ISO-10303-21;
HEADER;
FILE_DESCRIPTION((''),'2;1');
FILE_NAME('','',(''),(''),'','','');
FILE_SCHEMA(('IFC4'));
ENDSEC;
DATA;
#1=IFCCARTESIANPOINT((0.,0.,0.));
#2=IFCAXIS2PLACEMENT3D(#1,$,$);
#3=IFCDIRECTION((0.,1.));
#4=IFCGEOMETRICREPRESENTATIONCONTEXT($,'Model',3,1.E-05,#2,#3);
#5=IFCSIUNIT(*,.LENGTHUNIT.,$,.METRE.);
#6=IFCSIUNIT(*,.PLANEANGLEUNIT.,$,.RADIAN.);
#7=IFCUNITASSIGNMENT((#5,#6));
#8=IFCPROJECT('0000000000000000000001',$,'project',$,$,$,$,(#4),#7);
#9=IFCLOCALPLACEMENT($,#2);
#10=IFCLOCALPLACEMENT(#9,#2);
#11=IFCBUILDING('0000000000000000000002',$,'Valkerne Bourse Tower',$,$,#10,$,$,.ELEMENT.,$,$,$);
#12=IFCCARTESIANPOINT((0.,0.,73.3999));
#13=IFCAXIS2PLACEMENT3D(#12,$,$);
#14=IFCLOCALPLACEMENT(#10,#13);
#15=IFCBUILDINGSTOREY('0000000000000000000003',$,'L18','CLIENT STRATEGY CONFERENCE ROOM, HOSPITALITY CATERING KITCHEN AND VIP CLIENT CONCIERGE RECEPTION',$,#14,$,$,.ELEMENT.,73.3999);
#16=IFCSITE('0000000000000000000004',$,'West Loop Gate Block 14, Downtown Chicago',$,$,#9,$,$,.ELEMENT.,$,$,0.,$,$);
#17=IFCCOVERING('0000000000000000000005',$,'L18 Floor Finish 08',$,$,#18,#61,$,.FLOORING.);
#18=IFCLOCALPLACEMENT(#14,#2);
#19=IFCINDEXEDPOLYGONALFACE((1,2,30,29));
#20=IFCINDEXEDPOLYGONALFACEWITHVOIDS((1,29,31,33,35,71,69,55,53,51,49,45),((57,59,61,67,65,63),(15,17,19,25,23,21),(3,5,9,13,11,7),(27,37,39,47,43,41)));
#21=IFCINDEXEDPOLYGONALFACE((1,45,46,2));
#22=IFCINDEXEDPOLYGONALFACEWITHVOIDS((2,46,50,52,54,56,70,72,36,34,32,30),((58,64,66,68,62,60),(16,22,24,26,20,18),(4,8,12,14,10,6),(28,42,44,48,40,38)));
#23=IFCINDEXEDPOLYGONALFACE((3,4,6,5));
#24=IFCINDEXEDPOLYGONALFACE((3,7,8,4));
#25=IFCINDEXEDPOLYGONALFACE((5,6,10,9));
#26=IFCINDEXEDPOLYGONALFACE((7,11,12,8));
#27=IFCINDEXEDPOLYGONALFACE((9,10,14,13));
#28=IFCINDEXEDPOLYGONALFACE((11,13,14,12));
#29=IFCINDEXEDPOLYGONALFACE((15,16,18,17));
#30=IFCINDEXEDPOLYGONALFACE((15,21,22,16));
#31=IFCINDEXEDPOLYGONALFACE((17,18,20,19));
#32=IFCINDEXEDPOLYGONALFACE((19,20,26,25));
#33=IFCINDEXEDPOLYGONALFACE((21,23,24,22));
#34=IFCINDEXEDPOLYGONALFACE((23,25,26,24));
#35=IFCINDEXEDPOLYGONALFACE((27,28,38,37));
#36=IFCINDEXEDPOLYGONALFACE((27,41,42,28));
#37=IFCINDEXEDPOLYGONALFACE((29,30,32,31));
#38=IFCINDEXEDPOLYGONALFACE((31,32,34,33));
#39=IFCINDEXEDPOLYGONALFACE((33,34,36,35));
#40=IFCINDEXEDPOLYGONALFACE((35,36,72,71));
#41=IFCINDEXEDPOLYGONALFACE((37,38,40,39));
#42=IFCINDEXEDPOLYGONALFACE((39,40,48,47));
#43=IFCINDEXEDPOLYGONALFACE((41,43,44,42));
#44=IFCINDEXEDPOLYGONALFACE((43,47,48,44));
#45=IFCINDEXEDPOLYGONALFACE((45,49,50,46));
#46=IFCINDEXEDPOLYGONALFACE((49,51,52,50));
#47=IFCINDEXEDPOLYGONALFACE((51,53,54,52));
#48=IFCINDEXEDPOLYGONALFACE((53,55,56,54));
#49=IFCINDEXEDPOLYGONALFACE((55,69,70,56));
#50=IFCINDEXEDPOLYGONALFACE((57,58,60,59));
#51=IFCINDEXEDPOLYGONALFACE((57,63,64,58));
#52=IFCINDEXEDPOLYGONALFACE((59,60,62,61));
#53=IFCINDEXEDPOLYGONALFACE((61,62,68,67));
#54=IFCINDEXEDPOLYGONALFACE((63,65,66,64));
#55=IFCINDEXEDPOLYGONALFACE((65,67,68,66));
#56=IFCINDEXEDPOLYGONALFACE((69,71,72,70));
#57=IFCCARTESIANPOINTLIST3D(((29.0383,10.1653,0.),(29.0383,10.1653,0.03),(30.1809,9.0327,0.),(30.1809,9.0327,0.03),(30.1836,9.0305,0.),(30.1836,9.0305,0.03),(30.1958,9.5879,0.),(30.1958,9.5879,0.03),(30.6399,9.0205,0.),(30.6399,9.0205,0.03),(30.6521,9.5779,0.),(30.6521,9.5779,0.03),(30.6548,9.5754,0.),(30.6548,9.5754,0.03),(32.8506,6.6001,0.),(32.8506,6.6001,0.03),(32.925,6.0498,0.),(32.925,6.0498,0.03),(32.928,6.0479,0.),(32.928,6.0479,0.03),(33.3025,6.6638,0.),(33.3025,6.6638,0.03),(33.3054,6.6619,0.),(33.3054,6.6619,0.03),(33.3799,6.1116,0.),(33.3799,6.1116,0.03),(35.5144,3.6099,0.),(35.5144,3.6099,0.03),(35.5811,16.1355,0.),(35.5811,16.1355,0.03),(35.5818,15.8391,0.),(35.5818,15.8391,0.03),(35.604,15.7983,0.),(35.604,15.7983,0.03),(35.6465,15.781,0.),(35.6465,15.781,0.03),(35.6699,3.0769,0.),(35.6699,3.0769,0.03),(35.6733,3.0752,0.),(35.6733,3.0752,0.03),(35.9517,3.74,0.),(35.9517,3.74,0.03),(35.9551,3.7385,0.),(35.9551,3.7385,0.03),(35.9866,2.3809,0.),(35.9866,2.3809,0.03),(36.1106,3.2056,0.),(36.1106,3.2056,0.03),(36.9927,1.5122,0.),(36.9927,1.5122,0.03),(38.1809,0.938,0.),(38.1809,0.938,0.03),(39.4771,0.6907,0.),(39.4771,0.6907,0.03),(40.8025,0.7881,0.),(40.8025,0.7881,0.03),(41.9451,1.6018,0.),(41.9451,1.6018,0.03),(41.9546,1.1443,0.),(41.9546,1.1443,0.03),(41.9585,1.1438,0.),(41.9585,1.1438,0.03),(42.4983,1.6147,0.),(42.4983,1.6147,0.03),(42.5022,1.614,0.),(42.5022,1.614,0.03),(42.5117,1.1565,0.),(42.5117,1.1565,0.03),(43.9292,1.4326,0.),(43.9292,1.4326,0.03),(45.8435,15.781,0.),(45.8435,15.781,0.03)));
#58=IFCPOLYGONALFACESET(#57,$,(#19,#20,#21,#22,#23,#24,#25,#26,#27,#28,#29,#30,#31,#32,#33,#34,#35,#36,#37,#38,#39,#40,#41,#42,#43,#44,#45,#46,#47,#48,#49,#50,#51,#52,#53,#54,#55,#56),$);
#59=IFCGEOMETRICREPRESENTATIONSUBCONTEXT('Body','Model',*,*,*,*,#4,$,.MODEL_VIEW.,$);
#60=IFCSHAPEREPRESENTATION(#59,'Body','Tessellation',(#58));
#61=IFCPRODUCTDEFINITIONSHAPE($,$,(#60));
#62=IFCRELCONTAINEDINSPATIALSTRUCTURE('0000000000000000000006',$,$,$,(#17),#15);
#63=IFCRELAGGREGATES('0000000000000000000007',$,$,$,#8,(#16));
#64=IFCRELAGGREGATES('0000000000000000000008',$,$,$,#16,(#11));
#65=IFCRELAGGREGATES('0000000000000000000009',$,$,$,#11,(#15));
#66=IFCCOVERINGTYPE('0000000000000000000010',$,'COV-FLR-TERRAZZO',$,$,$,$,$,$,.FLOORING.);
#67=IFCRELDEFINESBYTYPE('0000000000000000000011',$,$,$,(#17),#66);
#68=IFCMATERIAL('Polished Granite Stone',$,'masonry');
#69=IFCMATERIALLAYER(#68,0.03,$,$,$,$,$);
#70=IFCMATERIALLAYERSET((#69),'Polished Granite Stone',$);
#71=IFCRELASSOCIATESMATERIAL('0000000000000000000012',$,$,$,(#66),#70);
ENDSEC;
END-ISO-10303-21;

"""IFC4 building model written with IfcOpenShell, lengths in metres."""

from ifc_helpers import new_model, si_unit, direction, frame, origin, place, context, subcontext, project, spatial, polyline, outline, extrude, material, layer, layer_set, type_object, element, save


model = new_model("IFC4")

# Units and contexts
model_context = context("Model", 3, precision=1e-05, world=origin(), true_north=direction((0.0, 1.0)))
body_context = subcontext(model_context, "Body", "Model", "MODEL_VIEW")
ifc_project = project(units=[si_unit("LENGTHUNIT", "METRE"), si_unit("PLANEANGLEUNIT", "RADIAN")], contexts=[model_context])

# Site, building, storey
site_placement = place(None, origin())
site = spatial("IfcSite", under=ifc_project, at=site_placement, Name="West Loop Gate Block 14, Downtown Chicago", CompositionType="ELEMENT", RefElevation=0.0)
building_placement = place(site_placement, origin())
building = spatial("IfcBuilding", under=site, at=building_placement, Name="Valkerne Bourse Tower", CompositionType="ELEMENT")
storey_placement = place(building_placement, frame((0.0, 0.0, 73.3999)))
storey = spatial("IfcBuildingStorey", under=building, at=storey_placement, Name="L18", Description="CLIENT STRATEGY CONFERENCE ROOM, HOSPITALITY CATERING KITCHEN AND VIP CLIENT CONCIERGE RECEPTION", CompositionType="ELEMENT", Elevation=73.3999)

# Covering
ifc_material_1 = material(Name="Polished Granite Stone", Category="masonry")
ifc_layer_1 = layer(ifc_material_1, 0.03)
ifc_layer_set_1 = layer_set([ifc_layer_1], Name="Polished Granite Stone")
covering_type_1 = type_object("IfcCoveringType", Name="COV-FLR-TERRAZZO", PredefinedType="FLOORING", material=ifc_layer_set_1)
covering_1_placement = place(storey_placement, origin())
element("IfcCovering", 1, at=covering_1_placement, inside=storey, type_object=covering_type_1, Name="L18 Floor Finish 08", PredefinedType="FLOORING", context=body_context, shape_type="SweptSolid", body=[
    extrude(outline(polyline([(38.1809, 0.938), (36.9927, 1.5122), (35.9866, 2.3809), (29.0383, 10.1653), (35.5811, 16.1355), (35.5818, 15.8391), (35.604, 15.7983), (35.6465, 15.781), (45.8435, 15.781), (43.9292, 1.4326), (40.8025, 0.7881), (39.4771, 0.6907), (38.1809, 0.938)]), holes=[polyline([(33.3054, 6.6619), (33.3025, 6.6638), (32.8506, 6.6001), (32.925, 6.0498), (32.928, 6.0479), (33.3799, 6.1116), (33.3054, 6.6619)]), polyline([(30.6521, 9.5779), (30.1958, 9.5879), (30.1809, 9.0327), (30.1836, 9.0305), (30.6399, 9.0205), (30.6548, 9.5754), (30.6521, 9.5779)]), polyline([(42.5117, 1.1565), (42.5022, 1.614), (42.4983, 1.6147), (41.9451, 1.6018), (41.9546, 1.1443), (41.9585, 1.1438), (42.5117, 1.1565)]), polyline([(36.1106, 3.2056), (35.9551, 3.7385), (35.9517, 3.74), (35.5144, 3.6099), (35.6699, 3.0769), (35.6733, 3.0752), (36.1106, 3.2056)])]), origin(), (0.0, 0.0, 1.0), 0.03),
])

save(model, "model.ifc")
